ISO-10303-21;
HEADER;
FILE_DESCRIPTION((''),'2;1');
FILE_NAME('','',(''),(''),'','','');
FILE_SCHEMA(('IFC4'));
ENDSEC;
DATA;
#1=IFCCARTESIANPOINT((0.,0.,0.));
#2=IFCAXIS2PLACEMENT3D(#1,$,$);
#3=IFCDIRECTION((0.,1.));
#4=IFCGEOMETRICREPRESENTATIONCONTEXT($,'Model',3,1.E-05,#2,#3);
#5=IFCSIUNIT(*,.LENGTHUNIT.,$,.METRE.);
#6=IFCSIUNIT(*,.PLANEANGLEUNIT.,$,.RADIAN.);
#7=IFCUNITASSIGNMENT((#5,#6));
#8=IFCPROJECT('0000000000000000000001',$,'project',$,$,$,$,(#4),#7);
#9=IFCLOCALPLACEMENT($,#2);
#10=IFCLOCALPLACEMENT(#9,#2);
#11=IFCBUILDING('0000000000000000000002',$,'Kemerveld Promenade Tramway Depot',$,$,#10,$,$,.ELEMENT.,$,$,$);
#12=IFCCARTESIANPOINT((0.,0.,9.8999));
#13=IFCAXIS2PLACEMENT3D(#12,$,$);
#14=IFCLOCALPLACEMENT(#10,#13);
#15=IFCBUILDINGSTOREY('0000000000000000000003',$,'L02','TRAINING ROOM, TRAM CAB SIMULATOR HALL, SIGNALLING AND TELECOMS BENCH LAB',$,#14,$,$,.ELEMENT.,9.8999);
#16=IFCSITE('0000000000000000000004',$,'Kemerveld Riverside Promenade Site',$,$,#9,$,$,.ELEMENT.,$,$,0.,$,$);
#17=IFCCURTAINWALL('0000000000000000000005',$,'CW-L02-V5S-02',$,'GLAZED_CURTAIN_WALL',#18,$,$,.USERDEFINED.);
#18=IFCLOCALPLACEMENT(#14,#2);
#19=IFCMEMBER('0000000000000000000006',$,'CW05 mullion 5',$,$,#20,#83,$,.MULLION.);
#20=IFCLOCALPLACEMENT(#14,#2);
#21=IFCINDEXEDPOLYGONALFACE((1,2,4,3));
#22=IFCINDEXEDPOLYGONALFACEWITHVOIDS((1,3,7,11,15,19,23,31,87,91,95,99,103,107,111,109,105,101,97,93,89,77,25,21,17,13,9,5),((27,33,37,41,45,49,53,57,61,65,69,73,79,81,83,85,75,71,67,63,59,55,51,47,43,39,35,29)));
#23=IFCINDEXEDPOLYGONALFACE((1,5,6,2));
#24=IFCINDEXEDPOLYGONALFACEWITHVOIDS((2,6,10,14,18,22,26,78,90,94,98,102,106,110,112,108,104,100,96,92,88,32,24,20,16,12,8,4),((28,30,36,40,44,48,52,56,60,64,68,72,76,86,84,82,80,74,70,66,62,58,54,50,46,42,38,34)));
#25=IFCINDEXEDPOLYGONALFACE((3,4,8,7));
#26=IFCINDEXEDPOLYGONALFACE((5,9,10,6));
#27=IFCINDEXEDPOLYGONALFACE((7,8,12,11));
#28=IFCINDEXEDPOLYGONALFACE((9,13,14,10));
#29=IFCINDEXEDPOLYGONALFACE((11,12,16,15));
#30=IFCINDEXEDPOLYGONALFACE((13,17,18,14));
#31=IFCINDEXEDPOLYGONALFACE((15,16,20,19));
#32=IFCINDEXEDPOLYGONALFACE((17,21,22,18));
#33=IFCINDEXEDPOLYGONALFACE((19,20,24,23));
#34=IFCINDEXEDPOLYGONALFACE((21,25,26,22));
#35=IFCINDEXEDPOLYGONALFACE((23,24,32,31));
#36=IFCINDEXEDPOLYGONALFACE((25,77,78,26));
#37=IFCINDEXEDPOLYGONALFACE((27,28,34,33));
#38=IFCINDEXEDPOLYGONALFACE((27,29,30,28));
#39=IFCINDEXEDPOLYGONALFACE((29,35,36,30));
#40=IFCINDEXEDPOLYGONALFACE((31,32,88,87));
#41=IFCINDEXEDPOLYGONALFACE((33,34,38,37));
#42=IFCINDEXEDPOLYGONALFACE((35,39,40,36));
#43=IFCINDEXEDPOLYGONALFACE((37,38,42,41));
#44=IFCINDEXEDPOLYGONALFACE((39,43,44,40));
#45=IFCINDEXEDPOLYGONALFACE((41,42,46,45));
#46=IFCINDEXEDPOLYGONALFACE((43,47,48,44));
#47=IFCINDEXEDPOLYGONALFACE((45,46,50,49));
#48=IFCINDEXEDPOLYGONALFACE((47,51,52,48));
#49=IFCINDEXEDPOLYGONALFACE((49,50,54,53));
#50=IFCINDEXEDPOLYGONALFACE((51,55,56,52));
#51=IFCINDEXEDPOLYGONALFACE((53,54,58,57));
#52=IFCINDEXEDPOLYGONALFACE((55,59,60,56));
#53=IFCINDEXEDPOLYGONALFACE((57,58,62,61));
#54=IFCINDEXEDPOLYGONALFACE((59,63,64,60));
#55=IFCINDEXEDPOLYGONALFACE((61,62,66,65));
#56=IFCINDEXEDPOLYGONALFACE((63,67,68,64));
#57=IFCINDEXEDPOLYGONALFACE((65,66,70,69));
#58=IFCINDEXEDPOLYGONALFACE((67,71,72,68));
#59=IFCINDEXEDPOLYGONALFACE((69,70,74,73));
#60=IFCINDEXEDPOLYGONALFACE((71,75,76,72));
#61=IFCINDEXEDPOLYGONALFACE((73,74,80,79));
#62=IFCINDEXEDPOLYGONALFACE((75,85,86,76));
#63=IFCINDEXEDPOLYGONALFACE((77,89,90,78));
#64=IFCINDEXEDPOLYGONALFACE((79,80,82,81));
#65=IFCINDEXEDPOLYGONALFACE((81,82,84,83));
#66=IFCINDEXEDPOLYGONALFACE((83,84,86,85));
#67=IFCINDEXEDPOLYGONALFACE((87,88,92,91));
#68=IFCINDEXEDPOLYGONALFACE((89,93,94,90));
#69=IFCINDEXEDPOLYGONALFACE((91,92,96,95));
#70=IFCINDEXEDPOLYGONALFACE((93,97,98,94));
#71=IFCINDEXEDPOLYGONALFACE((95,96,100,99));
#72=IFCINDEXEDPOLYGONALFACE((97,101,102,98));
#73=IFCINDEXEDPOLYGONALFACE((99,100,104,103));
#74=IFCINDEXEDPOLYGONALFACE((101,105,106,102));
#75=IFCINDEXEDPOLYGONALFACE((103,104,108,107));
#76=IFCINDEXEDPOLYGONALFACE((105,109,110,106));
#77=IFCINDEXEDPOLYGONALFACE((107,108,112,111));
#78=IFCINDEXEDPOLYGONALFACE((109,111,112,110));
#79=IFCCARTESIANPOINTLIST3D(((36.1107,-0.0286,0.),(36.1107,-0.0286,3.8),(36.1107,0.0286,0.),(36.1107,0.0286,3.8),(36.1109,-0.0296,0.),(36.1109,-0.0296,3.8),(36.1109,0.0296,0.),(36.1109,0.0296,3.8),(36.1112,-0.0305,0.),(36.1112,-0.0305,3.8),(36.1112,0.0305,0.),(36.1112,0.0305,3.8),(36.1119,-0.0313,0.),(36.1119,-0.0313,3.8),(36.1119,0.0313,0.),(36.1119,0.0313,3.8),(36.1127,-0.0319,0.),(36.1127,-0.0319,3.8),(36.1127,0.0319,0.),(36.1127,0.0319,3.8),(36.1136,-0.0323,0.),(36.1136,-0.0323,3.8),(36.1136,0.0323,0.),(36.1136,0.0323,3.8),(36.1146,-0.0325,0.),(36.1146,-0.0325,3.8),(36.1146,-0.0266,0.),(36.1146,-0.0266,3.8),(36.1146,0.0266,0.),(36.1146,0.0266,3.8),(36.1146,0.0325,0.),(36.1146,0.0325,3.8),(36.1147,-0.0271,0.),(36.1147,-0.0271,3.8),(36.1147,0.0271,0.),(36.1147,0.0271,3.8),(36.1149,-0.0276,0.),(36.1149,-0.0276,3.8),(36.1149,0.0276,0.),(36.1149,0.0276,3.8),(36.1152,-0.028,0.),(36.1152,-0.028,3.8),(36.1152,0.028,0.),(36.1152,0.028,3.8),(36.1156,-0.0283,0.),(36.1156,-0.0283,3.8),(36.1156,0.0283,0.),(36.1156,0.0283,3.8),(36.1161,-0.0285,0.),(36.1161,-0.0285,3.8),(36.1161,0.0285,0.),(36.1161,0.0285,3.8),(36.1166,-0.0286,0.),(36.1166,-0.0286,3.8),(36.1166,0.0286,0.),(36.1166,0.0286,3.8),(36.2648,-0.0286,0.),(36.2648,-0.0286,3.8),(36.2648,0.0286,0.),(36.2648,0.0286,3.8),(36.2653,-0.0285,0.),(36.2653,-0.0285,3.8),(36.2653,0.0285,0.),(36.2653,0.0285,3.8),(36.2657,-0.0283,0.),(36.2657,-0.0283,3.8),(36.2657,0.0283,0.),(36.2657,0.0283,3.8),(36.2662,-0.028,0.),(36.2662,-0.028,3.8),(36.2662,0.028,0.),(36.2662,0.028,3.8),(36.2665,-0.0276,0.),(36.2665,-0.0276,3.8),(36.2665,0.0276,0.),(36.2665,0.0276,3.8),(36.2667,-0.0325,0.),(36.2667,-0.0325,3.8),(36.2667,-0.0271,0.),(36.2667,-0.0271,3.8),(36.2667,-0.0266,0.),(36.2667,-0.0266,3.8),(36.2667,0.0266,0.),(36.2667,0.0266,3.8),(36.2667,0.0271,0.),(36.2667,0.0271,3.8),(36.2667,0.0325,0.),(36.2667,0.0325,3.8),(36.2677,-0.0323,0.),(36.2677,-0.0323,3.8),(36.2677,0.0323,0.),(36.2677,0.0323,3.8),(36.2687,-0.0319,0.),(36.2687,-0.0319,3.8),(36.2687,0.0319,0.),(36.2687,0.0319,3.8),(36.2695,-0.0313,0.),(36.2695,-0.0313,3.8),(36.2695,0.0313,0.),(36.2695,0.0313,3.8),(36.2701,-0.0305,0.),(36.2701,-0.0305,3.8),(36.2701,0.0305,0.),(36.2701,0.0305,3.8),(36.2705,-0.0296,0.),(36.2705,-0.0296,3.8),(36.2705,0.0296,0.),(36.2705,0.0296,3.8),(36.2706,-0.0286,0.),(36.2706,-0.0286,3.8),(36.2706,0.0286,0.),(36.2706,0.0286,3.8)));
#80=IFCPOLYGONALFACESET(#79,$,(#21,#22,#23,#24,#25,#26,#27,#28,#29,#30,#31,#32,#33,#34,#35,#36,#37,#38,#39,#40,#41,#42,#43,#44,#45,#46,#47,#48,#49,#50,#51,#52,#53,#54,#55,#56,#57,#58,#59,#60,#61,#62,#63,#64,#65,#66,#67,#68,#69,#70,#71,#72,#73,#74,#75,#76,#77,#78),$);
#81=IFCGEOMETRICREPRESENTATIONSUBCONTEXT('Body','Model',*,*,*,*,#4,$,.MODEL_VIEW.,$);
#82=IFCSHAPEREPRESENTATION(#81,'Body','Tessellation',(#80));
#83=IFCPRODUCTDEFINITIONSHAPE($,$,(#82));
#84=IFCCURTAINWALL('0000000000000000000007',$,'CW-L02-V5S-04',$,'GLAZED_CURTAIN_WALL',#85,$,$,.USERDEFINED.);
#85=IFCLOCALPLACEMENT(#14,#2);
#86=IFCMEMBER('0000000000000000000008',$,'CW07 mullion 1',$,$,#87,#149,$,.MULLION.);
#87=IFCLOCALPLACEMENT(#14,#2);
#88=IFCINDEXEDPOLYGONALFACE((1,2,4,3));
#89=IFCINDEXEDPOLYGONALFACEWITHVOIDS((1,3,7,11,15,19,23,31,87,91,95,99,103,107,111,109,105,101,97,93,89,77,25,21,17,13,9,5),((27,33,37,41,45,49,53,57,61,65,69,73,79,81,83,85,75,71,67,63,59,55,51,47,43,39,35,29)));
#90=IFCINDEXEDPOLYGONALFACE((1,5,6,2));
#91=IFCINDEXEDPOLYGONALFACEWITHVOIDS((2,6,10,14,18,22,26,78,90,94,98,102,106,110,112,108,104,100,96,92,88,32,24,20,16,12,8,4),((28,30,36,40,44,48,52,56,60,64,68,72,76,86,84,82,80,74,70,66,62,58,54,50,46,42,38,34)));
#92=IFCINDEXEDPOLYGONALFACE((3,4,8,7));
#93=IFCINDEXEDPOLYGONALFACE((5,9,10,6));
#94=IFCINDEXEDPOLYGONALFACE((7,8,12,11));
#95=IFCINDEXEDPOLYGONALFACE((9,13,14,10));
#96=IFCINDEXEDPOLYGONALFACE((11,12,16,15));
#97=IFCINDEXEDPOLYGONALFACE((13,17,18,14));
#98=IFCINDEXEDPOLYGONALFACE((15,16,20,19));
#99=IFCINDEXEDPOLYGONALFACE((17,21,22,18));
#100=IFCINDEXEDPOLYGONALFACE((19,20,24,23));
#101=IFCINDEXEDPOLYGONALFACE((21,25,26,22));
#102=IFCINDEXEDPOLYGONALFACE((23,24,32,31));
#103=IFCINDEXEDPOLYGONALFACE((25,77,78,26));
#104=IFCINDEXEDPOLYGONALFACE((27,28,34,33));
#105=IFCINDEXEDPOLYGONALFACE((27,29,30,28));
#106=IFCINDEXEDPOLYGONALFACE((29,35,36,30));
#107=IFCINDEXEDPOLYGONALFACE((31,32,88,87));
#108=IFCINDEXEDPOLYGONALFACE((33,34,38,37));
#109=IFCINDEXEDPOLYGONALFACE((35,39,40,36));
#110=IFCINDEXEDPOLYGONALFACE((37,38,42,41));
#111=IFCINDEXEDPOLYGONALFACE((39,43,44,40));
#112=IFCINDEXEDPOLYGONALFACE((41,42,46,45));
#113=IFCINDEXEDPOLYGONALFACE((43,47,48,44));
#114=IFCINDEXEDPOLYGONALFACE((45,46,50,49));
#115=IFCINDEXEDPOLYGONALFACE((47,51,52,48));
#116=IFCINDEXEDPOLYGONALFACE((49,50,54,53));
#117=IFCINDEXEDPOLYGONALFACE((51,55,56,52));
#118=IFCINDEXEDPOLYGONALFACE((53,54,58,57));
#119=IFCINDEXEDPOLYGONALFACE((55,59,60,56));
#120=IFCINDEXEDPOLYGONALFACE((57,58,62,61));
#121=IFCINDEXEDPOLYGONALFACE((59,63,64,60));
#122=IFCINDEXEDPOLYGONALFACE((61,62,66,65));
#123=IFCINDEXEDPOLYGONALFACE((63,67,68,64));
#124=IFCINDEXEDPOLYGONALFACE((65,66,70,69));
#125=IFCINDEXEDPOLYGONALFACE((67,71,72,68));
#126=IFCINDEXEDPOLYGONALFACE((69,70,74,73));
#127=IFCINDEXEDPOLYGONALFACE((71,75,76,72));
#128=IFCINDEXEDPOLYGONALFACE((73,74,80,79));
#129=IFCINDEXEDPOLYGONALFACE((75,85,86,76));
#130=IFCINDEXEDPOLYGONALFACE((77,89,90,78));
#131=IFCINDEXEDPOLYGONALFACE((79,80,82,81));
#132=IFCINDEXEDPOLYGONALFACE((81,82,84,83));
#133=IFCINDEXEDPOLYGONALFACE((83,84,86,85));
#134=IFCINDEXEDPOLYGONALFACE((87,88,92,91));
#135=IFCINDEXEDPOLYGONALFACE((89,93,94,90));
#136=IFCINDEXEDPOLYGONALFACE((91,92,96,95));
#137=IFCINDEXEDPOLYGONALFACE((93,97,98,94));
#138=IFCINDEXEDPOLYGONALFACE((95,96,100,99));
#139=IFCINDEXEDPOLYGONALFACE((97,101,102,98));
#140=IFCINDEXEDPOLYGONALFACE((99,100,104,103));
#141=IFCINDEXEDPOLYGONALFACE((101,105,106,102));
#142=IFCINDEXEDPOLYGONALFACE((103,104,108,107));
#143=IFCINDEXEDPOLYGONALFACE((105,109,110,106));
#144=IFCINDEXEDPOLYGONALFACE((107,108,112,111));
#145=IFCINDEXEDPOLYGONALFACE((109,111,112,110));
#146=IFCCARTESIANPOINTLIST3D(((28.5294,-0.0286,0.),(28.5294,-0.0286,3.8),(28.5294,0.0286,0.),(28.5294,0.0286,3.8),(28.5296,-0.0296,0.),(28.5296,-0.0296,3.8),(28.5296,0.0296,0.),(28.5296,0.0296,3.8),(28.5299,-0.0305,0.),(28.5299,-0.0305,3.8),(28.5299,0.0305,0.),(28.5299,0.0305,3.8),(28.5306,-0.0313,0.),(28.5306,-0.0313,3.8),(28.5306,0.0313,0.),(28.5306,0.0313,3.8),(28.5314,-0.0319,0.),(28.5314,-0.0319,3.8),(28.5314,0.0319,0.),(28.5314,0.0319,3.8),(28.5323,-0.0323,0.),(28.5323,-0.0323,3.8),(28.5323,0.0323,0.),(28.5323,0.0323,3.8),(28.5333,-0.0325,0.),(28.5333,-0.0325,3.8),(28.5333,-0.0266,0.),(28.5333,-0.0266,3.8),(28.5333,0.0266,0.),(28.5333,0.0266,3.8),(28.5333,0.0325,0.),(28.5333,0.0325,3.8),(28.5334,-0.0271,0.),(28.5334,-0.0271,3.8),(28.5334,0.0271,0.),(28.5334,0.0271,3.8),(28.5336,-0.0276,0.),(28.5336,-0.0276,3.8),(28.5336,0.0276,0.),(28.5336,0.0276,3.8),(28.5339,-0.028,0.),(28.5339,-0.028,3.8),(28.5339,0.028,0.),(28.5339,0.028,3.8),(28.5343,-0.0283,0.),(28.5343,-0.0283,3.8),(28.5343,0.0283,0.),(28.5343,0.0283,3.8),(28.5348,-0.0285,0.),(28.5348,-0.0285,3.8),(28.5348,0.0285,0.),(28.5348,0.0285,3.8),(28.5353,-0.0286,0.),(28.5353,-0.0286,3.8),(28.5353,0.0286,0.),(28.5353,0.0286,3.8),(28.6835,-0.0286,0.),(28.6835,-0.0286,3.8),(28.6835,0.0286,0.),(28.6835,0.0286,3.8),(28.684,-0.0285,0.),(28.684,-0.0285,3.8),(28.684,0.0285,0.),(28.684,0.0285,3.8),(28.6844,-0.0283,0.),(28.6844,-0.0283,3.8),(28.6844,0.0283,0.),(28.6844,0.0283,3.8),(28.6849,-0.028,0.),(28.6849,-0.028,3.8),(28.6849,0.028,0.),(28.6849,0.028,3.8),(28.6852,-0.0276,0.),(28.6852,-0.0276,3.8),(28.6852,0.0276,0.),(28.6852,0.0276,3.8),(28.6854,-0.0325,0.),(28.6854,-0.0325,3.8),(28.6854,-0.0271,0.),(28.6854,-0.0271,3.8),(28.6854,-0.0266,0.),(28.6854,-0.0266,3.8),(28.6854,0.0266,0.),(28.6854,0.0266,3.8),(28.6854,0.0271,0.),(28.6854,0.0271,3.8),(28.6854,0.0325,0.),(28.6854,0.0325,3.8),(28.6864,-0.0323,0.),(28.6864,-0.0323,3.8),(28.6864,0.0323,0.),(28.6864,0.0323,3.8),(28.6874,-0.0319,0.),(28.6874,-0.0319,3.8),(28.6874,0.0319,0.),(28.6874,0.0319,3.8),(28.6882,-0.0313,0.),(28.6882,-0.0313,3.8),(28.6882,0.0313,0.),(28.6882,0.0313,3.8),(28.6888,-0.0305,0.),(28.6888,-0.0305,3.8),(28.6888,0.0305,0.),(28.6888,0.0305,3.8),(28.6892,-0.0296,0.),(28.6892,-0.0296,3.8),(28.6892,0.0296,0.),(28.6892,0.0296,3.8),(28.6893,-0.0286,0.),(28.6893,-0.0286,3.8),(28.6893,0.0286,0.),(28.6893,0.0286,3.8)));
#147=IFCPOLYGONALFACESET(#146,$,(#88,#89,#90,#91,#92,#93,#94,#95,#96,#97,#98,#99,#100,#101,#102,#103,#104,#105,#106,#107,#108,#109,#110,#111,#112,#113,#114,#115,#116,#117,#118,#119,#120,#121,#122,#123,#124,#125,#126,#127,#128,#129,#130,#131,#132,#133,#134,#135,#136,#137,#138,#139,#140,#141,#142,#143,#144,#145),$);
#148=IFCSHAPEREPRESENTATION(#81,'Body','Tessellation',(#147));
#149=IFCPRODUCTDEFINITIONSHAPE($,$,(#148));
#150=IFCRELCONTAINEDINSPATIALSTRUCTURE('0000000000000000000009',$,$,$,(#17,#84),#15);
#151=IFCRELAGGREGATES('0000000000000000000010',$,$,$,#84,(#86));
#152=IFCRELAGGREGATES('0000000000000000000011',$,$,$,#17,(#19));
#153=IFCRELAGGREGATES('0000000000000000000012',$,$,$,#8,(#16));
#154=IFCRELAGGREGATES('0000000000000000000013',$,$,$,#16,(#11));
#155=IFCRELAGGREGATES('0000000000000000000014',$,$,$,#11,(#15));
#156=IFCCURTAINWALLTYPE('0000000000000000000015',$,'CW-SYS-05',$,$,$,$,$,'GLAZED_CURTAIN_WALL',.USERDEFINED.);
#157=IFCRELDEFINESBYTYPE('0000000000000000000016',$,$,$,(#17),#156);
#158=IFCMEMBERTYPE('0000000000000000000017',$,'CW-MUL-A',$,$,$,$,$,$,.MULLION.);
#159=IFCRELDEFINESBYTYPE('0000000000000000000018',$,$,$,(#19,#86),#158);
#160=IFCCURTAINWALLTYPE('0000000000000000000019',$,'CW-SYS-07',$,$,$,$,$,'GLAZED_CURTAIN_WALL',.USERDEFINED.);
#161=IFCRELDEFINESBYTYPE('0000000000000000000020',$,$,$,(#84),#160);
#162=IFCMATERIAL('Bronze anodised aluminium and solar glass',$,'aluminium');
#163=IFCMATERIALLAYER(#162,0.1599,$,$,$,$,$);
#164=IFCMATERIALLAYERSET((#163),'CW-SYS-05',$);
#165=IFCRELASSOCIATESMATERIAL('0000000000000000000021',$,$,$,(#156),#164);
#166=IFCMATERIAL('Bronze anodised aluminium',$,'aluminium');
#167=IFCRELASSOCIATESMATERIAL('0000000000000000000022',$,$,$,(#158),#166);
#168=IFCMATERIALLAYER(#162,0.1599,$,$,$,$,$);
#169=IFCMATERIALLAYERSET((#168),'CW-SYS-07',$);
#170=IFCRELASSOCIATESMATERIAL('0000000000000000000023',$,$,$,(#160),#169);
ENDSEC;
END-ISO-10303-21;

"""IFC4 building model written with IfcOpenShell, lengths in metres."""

from ifc_helpers import new_model, si_unit, direction, frame, origin, origin_2d, place, context, subcontext, project, spatial, hollow_rectangle, extrude, material, layer, layer_set, material_profile, profile_set, type_object, element, aggregate, save


model = new_model("IFC4")

# Units and contexts
model_context = context("Model", 3, precision=1e-05, world=origin(), true_north=direction((0.0, 1.0)))
body_context = subcontext(model_context, "Body", "Model", "MODEL_VIEW")
ifc_project = project(units=[si_unit("LENGTHUNIT", "METRE"), si_unit("PLANEANGLEUNIT", "RADIAN")], contexts=[model_context])

# Site, building, storey
site_placement = place(None, origin())
site = spatial("IfcSite", under=ifc_project, at=site_placement, Name="Kemerveld Riverside Promenade Site", CompositionType="ELEMENT", RefElevation=0.0)
building_placement = place(site_placement, origin())
building = spatial("IfcBuilding", under=site, at=building_placement, Name="Kemerveld Promenade Tramway Depot", CompositionType="ELEMENT")
storey_placement = place(building_placement, frame((0.0, 0.0, 9.8999)))
storey = spatial("IfcBuildingStorey", under=building, at=storey_placement, Name="L02", Description="TRAINING ROOM, TRAM CAB SIMULATOR HALL, SIGNALLING AND TELECOMS BENCH LAB", CompositionType="ELEMENT", Elevation=9.8999)

# Curtain wall, member
ifc_material_1 = material(Name="Bronze anodised aluminium and solar glass", Category="aluminium")
ifc_layer_1 = layer(ifc_material_1, 0.1599)
ifc_layer_set_1 = layer_set([ifc_layer_1], Name="CW-SYS-05")
curtain_wall_type_1 = type_object("IfcCurtainWallType", Name="CW-SYS-05", ElementType="GLAZED_CURTAIN_WALL", PredefinedType="USERDEFINED", material=ifc_layer_set_1)
curtain_wall_1_placement = place(storey_placement, origin())
curtain_wall_1 = element("IfcCurtainWall", 1, at=curtain_wall_1_placement, inside=storey, type_object=curtain_wall_type_1, Name="CW-L02-V5S-02", ObjectType="GLAZED_CURTAIN_WALL", PredefinedType="USERDEFINED")
ifc_material_2 = material(Name="Bronze anodised aluminium", Category="aluminium")
ifc_material_profile_1 = material_profile(ifc_material_2, hollow_rectangle(XDim=0.0649, YDim=0.1599, WallThickness=0.0039, InnerFilletRadius=0.002, OuterFilletRadius=0.0039, at=origin_2d()), Name="CW-MUL-160x65")
ifc_profile_set_1 = profile_set([ifc_material_profile_1], Name="Bronze anodised aluminium")
member_type_1 = type_object("IfcMemberType", Name="CW-MUL-A", PredefinedType="MULLION", material=ifc_profile_set_1)
member_1_placement = place(storey_placement, frame((36.1907, 0.0, 0.0), z_axis=(0.0, 0.0, 1.0), x_axis=(0.0, -1.0, 0.0)))
member_1 = element("IfcMember", 2, at=member_1_placement, type_object=member_type_1, Name="CW05 mullion 5", PredefinedType="MULLION", context=body_context, shape_type="SweptSolid", body=[
    extrude(hollow_rectangle(XDim=0.0649, YDim=0.1599, WallThickness=0.0039, InnerFilletRadius=0.002, OuterFilletRadius=0.0039, at=origin_2d()), origin(), (0.0, 0.0, 1.0), 3.8),
])

# Curtain wall, member
ifc_layer_2 = layer(ifc_material_1, 0.1599)
ifc_layer_set_2 = layer_set([ifc_layer_2], Name="CW-SYS-07")
curtain_wall_type_2 = type_object("IfcCurtainWallType", Name="CW-SYS-07", ElementType="GLAZED_CURTAIN_WALL", PredefinedType="USERDEFINED", material=ifc_layer_set_2)
curtain_wall_2_placement = place(storey_placement, origin())
curtain_wall_2 = element("IfcCurtainWall", 3, at=curtain_wall_2_placement, inside=storey, type_object=curtain_wall_type_2, Name="CW-L02-V5S-04", ObjectType="GLAZED_CURTAIN_WALL", PredefinedType="USERDEFINED")
member_2_placement = place(storey_placement, frame((28.6094, 0.0, 0.0), z_axis=(0.0, 0.0, 1.0), x_axis=(0.0, -1.0, 0.0)))
member_2 = element("IfcMember", 4, at=member_2_placement, type_object=member_type_1, Name="CW07 mullion 1", PredefinedType="MULLION", context=body_context, shape_type="SweptSolid", body=[
    extrude(hollow_rectangle(XDim=0.0649, YDim=0.1599, WallThickness=0.0039, InnerFilletRadius=0.002, OuterFilletRadius=0.0039, at=origin_2d()), origin(), (0.0, 0.0, 1.0), 3.8),
])

aggregate(curtain_wall_2, [member_2])

aggregate(curtain_wall_1, [member_1])

save(model, "model.ifc")
